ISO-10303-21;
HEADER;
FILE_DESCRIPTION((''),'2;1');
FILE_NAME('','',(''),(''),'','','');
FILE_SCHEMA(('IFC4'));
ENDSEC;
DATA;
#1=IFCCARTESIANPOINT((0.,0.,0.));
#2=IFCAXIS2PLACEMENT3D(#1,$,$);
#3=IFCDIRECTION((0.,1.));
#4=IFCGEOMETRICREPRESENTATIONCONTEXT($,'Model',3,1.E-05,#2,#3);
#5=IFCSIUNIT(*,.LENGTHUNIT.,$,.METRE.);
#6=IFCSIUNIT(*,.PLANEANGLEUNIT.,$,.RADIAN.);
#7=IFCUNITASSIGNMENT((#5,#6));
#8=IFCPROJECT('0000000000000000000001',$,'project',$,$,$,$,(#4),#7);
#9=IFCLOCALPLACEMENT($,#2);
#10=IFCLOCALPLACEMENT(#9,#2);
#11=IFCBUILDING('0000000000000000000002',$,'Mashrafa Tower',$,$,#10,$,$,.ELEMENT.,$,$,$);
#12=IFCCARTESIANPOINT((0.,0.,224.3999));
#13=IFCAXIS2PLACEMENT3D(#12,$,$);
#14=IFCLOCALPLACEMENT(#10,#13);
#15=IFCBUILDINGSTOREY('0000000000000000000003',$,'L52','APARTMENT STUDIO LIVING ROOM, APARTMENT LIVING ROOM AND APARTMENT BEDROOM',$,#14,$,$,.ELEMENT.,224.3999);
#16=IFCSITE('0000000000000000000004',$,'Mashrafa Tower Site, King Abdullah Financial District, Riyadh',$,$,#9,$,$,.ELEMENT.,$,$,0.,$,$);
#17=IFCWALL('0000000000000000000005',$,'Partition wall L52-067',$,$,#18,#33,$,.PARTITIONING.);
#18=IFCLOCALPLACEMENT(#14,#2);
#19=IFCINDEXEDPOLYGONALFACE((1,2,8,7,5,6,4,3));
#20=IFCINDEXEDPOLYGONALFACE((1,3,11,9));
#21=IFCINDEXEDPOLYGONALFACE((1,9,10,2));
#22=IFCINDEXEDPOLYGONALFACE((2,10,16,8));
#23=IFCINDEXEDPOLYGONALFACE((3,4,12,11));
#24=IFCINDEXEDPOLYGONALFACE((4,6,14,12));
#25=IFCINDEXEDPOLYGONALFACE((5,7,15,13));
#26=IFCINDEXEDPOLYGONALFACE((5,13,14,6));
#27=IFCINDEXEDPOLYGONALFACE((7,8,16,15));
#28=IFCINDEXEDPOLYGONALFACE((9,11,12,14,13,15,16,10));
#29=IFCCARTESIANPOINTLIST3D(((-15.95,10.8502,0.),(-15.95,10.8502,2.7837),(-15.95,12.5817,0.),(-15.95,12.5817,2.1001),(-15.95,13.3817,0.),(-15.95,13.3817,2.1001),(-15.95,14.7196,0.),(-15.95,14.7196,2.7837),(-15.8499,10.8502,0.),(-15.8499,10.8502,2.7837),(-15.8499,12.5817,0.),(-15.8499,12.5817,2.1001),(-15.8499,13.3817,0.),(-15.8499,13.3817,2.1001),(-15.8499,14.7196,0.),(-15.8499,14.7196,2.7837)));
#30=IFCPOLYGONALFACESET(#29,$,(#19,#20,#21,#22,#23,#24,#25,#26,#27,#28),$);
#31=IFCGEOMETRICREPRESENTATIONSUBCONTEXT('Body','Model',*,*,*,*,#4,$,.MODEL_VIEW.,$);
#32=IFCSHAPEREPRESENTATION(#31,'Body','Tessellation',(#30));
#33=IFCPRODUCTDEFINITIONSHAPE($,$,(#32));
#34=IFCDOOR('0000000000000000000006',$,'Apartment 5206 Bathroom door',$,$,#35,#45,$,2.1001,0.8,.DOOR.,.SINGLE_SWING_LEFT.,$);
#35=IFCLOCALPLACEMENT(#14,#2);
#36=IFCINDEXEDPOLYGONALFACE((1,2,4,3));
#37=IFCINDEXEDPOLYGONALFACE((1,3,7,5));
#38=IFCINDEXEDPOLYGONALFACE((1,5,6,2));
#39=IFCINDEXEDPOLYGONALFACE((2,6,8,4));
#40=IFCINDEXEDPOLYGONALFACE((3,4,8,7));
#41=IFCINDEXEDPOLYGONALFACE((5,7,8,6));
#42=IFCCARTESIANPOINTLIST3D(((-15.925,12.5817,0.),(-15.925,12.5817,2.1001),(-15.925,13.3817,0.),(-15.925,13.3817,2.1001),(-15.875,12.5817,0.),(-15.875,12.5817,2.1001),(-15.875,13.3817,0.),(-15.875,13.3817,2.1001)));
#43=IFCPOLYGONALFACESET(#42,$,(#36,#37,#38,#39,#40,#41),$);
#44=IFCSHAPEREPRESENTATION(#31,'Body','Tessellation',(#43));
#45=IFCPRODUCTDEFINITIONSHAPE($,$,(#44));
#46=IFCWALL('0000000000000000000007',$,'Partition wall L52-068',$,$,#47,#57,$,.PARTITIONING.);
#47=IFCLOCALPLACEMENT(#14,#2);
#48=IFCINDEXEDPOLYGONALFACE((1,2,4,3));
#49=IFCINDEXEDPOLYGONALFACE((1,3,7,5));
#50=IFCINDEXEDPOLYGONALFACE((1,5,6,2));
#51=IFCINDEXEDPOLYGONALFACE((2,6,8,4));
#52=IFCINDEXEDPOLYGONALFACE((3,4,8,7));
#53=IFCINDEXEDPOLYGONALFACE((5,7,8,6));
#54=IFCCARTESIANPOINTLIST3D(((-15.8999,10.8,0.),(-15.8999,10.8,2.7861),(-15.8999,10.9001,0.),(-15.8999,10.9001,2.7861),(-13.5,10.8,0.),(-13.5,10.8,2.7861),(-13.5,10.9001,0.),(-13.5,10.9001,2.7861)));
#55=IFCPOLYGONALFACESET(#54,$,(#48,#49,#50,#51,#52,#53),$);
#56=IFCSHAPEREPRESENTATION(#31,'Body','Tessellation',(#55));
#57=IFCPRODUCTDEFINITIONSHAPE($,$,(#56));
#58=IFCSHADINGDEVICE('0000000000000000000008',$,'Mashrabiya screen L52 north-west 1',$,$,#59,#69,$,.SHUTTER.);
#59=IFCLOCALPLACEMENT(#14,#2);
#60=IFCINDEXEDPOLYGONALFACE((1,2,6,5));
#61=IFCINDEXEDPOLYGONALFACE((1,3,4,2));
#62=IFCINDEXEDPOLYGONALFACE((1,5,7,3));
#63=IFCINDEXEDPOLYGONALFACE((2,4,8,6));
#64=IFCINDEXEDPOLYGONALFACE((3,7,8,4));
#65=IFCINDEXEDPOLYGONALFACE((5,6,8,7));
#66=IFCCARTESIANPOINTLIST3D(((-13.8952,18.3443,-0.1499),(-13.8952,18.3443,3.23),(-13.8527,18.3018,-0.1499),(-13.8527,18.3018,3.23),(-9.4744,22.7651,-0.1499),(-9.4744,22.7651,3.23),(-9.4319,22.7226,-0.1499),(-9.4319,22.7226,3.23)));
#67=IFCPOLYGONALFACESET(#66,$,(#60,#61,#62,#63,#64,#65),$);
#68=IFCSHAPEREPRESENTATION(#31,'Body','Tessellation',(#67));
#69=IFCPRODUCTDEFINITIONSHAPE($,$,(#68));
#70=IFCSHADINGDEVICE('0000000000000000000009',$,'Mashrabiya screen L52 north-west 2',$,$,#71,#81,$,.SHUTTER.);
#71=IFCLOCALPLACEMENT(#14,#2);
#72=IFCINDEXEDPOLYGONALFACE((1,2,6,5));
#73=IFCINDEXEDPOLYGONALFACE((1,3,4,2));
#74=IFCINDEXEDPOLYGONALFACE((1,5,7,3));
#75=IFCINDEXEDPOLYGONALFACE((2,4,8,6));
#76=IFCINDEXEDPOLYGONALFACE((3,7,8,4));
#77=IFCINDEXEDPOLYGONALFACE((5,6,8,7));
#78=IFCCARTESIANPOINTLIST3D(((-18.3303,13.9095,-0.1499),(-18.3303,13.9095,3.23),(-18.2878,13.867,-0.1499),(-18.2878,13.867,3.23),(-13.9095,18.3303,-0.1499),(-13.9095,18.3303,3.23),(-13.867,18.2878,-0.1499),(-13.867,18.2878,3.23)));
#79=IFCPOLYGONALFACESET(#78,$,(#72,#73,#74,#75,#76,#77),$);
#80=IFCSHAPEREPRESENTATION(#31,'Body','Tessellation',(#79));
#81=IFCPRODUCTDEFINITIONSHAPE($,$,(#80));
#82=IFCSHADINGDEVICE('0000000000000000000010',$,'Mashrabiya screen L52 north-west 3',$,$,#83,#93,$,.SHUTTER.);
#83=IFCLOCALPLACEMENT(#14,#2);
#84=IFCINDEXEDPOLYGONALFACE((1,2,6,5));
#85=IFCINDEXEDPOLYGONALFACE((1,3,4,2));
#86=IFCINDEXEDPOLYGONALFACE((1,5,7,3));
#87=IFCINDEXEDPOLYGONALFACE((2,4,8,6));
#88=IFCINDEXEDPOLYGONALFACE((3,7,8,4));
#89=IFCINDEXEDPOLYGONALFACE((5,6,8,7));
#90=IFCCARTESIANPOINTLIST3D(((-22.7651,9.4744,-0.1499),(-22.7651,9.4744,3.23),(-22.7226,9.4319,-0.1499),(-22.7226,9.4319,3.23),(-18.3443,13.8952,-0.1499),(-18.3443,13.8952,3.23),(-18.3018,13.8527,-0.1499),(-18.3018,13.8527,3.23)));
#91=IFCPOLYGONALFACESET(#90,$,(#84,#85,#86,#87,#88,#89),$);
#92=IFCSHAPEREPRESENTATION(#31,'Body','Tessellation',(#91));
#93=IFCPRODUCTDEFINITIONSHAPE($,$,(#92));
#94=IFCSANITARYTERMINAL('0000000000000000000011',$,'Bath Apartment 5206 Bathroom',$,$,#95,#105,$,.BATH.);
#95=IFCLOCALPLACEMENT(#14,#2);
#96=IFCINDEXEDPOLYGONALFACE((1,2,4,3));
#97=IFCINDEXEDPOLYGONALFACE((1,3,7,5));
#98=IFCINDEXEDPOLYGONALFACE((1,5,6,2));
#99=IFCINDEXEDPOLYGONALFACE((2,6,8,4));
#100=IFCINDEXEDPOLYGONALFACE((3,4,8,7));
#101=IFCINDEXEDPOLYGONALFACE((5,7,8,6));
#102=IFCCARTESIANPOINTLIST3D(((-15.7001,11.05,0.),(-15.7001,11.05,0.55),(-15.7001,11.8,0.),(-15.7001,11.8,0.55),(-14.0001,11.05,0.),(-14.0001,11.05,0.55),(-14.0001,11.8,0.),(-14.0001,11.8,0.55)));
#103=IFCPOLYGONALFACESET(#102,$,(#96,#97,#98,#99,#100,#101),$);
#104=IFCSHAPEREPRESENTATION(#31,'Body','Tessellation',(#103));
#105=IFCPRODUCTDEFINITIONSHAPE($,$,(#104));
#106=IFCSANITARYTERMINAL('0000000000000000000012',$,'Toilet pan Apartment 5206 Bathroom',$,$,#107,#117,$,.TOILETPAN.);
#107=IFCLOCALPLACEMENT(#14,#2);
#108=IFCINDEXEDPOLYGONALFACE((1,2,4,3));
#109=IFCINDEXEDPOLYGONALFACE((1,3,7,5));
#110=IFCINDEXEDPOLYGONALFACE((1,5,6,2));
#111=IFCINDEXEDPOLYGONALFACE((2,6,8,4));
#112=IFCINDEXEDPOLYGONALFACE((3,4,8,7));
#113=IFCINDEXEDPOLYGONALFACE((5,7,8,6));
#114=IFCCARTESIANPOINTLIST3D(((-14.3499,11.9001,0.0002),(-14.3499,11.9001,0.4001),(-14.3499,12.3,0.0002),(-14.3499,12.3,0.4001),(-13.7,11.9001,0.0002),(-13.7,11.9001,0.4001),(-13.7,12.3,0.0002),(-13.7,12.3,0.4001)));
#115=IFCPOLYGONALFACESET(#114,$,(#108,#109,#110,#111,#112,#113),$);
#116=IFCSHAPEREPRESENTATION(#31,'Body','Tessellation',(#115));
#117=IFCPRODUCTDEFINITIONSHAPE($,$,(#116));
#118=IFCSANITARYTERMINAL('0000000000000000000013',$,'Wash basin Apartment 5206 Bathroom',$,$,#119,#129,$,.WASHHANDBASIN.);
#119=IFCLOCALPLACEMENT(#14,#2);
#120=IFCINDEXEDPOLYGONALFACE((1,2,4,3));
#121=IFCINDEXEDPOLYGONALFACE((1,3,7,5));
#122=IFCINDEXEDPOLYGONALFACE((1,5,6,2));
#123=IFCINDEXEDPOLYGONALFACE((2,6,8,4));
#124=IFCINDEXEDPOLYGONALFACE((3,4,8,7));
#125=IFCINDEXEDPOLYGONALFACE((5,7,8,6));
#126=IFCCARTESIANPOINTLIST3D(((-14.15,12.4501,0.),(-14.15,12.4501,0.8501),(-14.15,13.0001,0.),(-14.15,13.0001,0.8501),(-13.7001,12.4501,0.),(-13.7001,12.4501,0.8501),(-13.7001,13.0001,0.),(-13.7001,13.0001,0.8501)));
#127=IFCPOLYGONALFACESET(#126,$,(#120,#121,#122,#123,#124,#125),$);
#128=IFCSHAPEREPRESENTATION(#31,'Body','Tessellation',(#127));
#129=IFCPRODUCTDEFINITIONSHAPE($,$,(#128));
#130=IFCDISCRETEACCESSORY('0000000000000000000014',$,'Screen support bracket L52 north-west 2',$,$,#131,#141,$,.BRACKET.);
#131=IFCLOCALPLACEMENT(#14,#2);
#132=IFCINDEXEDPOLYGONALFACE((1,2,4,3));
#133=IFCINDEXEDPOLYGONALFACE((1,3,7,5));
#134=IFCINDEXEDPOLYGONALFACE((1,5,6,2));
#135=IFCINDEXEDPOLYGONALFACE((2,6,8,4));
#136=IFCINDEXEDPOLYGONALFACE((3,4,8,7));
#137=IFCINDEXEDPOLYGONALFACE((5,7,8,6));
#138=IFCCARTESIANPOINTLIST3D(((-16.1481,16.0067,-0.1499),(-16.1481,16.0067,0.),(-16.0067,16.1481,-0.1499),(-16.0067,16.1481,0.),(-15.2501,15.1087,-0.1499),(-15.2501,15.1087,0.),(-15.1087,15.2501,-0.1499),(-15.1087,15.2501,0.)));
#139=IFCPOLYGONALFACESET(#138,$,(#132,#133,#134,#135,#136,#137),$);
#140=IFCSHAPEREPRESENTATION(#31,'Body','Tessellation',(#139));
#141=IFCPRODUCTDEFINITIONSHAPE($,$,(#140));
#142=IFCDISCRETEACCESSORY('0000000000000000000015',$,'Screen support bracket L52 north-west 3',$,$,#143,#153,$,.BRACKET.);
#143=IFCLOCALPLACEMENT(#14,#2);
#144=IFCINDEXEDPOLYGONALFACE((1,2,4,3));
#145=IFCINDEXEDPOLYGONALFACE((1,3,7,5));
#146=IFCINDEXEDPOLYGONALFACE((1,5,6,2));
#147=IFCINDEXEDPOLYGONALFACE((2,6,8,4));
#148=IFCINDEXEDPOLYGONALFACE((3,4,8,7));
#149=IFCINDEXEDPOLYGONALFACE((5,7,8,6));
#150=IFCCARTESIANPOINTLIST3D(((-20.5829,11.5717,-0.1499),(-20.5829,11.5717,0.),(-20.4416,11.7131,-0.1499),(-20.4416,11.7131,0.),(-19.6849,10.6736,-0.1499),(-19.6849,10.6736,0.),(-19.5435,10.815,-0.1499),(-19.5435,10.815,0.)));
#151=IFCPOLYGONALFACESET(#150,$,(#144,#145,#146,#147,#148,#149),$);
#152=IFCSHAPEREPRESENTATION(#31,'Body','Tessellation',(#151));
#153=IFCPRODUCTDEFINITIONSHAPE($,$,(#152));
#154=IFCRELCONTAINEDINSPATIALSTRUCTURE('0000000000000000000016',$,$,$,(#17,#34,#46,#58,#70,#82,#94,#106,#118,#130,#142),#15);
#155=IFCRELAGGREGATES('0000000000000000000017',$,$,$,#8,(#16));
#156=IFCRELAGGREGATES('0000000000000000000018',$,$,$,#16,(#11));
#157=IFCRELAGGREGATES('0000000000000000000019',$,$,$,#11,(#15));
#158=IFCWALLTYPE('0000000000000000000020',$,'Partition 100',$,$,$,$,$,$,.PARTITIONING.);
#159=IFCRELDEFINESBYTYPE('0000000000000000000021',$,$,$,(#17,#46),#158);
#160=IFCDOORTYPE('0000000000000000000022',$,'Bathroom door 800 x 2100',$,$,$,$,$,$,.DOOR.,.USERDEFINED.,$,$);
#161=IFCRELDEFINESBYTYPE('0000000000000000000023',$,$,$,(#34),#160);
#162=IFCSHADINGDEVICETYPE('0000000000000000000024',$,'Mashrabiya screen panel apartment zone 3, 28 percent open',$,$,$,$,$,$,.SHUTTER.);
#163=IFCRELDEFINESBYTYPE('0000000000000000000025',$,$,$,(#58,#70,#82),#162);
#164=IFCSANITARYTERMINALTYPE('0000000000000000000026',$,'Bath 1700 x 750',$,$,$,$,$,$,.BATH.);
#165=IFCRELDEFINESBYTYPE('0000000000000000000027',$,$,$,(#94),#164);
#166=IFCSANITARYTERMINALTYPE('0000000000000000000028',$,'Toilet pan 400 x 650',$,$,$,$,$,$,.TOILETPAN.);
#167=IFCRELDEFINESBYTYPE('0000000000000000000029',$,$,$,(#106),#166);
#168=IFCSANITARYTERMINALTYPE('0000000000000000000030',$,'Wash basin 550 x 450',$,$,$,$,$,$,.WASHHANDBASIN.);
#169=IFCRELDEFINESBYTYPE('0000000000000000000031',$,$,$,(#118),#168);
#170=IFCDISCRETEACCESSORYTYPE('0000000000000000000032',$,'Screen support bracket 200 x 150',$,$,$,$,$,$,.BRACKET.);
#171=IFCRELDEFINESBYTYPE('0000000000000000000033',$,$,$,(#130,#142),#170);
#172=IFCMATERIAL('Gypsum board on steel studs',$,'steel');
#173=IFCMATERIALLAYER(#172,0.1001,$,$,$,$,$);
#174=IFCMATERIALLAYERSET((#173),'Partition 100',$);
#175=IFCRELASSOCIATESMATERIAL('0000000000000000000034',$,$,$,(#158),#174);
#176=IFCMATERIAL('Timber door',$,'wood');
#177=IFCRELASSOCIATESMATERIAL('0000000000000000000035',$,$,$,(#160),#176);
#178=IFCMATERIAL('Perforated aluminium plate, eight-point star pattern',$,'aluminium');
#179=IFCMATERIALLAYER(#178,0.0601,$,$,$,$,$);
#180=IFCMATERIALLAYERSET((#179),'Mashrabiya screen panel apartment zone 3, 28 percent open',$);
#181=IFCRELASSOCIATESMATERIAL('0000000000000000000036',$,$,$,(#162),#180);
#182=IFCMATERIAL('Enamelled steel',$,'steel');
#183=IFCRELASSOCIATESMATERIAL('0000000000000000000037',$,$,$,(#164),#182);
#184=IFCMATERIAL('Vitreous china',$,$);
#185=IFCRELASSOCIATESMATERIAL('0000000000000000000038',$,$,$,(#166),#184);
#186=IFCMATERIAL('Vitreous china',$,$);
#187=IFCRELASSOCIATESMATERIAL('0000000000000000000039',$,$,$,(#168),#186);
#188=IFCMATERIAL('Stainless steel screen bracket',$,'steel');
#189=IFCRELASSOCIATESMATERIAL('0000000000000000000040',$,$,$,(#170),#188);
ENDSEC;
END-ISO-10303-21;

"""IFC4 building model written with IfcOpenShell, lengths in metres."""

from ifc_helpers import new_model, si_unit, direction, frame, frame_2d, origin, origin_2d, place, context, subcontext, project, spatial, rectangle, extrude, source, transform, mapped, material, layer, layer_set, type_object, type_shapes, element, fill, save


model = new_model("IFC4")

# Units and contexts
model_context = context("Model", 3, precision=1e-05, world=origin(), true_north=direction((0.0, 1.0)))
body_context = subcontext(model_context, "Body", "Model", "MODEL_VIEW")
ifc_project = project(units=[si_unit("LENGTHUNIT", "METRE"), si_unit("PLANEANGLEUNIT", "RADIAN")], contexts=[model_context])

# Site, building, storey
site_placement = place(None, origin())
site = spatial("IfcSite", under=ifc_project, at=site_placement, Name="Mashrafa Tower Site, King Abdullah Financial District, Riyadh", CompositionType="ELEMENT", RefElevation=0.0)
building_placement = place(site_placement, origin())
building = spatial("IfcBuilding", under=site, at=building_placement, Name="Mashrafa Tower", CompositionType="ELEMENT")
storey_placement = place(building_placement, frame((0.0, 0.0, 224.3999)))
storey = spatial("IfcBuildingStorey", under=building, at=storey_placement, Name="L52", Description="APARTMENT STUDIO LIVING ROOM, APARTMENT LIVING ROOM AND APARTMENT BEDROOM", CompositionType="ELEMENT", Elevation=224.3999)

# Wall, opening, door
ifc_material_1 = material(Name="Gypsum board on steel studs", Category="steel")
ifc_layer_1 = layer(ifc_material_1, 0.1001)
ifc_layer_set_1 = layer_set([ifc_layer_1], Name="Partition 100")
wall_type_1 = type_object("IfcWallType", Name="Partition 100", PredefinedType="PARTITIONING", material=ifc_layer_set_1)
wall_1_placement = place(storey_placement, frame((-15.8999, 14.7195, 0.0), z_axis=(0.0, 0.0, 1.0), x_axis=(0.0, -1.0, 0.0)))
wall_1 = element("IfcWall", 1, at=wall_1_placement, inside=storey, type_object=wall_type_1, Name="Partition wall L52-067", PredefinedType="PARTITIONING", context=body_context, shape_type="SweptSolid", body=[
    extrude(rectangle(XDim=3.8694, YDim=0.1001, at=frame_2d((1.9346, 0.0))), origin(), (0.0, 0.0, 1.0), 2.7837),
])
opening_placement = place(wall_1_placement, frame((1.3379, 0.0, 0.0)))
opening = element("IfcOpeningElement", 2, at=opening_placement, cuts=wall_1, PredefinedType="OPENING", context=body_context, shape_type="SweptSolid", body=[
    extrude(rectangle(XDim=0.8, YDim=2.1001, at=frame_2d((0.3999, 1.05))), frame((0.0, 0.0601, 0.0), z_axis=(0.0, -1.0, 0.0), x_axis=(1.0, 0.0, 0.0)), (0.0, 0.0, 1.0), 0.1201),
])
ifc_material_2 = material(Name="Timber door", Category="wood")
door_type = type_object("IfcDoorType", Name="Bathroom door 800 x 2100", OperationType="USERDEFINED", PredefinedType="DOOR", material=ifc_material_2)
door_placement = place(opening_placement, origin())
door = element("IfcDoor", 3, at=door_placement, inside=storey, type_object=door_type, Name="Apartment 5206 Bathroom door", OperationType="SINGLE_SWING_LEFT", OverallHeight=2.1001, OverallWidth=0.8, PredefinedType="DOOR", context=body_context, shape_type="SweptSolid", body=[
    extrude(rectangle(XDim=0.8, YDim=2.1001, at=frame_2d((0.3999, 1.05))), frame((0.0, 0.0249, 0.0), z_axis=(0.0, -1.0, 0.0), x_axis=(1.0, 0.0, 0.0)), (0.0, 0.0, 1.0), 0.05),
])
fill(opening, door)

# Wall
wall_2_placement = place(storey_placement, frame((-15.8999, 10.8501, 0.0), z_axis=(0.0, 0.0, 1.0), x_axis=(1.0, 0.0, 0.0)))
element("IfcWall", 4, at=wall_2_placement, inside=storey, type_object=wall_type_1, Name="Partition wall L52-068", PredefinedType="PARTITIONING", context=body_context, shape_type="SweptSolid", body=[
    extrude(rectangle(XDim=2.3999, YDim=0.1001, at=frame_2d((1.2, 0.0))), origin(), (0.0, 0.0, 1.0), 2.7861),
])

# Shading devices
ifc_material_3 = material(Name="Perforated aluminium plate, eight-point star pattern", Category="aluminium")
ifc_layer_2 = layer(ifc_material_3, 0.0601)
ifc_layer_set_2 = layer_set([ifc_layer_2], Name="Mashrabiya screen panel apartment zone 3, 28 percent open")
shading_device_type = type_object("IfcShadingDeviceType", Name="Mashrabiya screen panel apartment zone 3, 28 percent open", PredefinedType="SHUTTER", material=ifc_layer_set_2)
shared_shape_1 = source(origin(), body_context, "Body", "SweptSolid", [
    extrude(rectangle(XDim=6.252, YDim=0.0601, at=origin_2d()), origin(), (0.0, 0.0, 1.0), 3.3799),
])
type_shapes(shading_device_type, [shared_shape_1])
for number, where, z_axis, x_axis, name in (
    (5, (-11.6636, 20.5334, -0.1499), (0.0, 0.0, 1.0), (-0.707107, -0.707107, 0.0), "Mashrabiya screen L52 north-west 1"),
    (6, (-16.0986, 16.0986, -0.1499), (0.0, 0.0, 1.0), (-0.707107, -0.707107, 0.0), "Mashrabiya screen L52 north-west 2"),
    (7, (-20.5334, 11.6636, -0.1499), (0.0, 0.0, 1.0), (-0.707107, -0.707107, 0.0), "Mashrabiya screen L52 north-west 3"),
):
    element("IfcShadingDevice", number, at=place(storey_placement, frame(where, z_axis=z_axis, x_axis=x_axis)), inside=storey, type_object=shading_device_type, Name=name, PredefinedType="SHUTTER", context=body_context, shape_type="MappedRepresentation", body=[
        mapped(shared_shape_1, transform((0.0, 0.0, 0.0))),
    ])

# Sanitary terminals
ifc_material_4 = material(Name="Enamelled steel", Category="steel")
sanitary_terminal_type_1 = type_object("IfcSanitaryTerminalType", Name="Bath 1700 x 750", PredefinedType="BATH", material=ifc_material_4)
sanitary_terminal_1_placement = place(storey_placement, frame((-14.8501, 11.425, 0.0), z_axis=(0.0, 0.0, 1.0), x_axis=(1.0, 0.0, 0.0)))
element("IfcSanitaryTerminal", 8, at=sanitary_terminal_1_placement, inside=storey, type_object=sanitary_terminal_type_1, Name="Bath Apartment 5206 Bathroom", PredefinedType="BATH", context=body_context, shape_type="SweptSolid", body=[
    extrude(rectangle(XDim=1.7, YDim=0.75, at=origin_2d()), origin(), (0.0, 0.0, 1.0), 0.55),
])
ifc_material_5 = material(Name="Vitreous china")
sanitary_terminal_type_2 = type_object("IfcSanitaryTerminalType", Name="Toilet pan 400 x 650", PredefinedType="TOILETPAN", material=ifc_material_5)
sanitary_terminal_2_placement = place(storey_placement, frame((-14.0249, 12.1001, 0.0002), z_axis=(0.0, 0.0, 1.0), x_axis=(0.0, 1.0, 0.0)))
element("IfcSanitaryTerminal", 9, at=sanitary_terminal_2_placement, inside=storey, type_object=sanitary_terminal_type_2, Name="Toilet pan Apartment 5206 Bathroom", PredefinedType="TOILETPAN", context=body_context, shape_type="SweptSolid", body=[
    extrude(rectangle(XDim=0.3999, YDim=0.6499, at=origin_2d()), origin(), (0.0, 0.0, 1.0), 0.3999),
])
ifc_material_6 = material(Name="Vitreous china")
sanitary_terminal_type_3 = type_object("IfcSanitaryTerminalType", Name="Wash basin 550 x 450", PredefinedType="WASHHANDBASIN", material=ifc_material_6)
sanitary_terminal_3_placement = place(storey_placement, frame((-13.925, 12.7251, 0.0), z_axis=(0.0, 0.0, 1.0), x_axis=(0.0, 1.0, 0.0)))
element("IfcSanitaryTerminal", 10, at=sanitary_terminal_3_placement, inside=storey, type_object=sanitary_terminal_type_3, Name="Wash basin Apartment 5206 Bathroom", PredefinedType="WASHHANDBASIN", context=body_context, shape_type="SweptSolid", body=[
    extrude(rectangle(XDim=0.55, YDim=0.45, at=origin_2d()), origin(), (0.0, 0.0, 1.0), 0.8501),
])

# Discrete accessories
ifc_material_7 = material(Name="Stainless steel screen bracket", Category="steel")
discrete_accessory_type = type_object("IfcDiscreteAccessoryType", Name="Screen support bracket 200 x 150", PredefinedType="BRACKET", material=ifc_material_7)
shared_shape_2 = source(origin(), body_context, "Body", "SweptSolid", [
    extrude(rectangle(XDim=0.2, YDim=1.27, at=origin_2d()), origin(), (0.0, 0.0, 1.0), 0.1499),
])
type_shapes(discrete_accessory_type, [shared_shape_2])
for number, where, z_axis, x_axis, name in (
    (11, (-15.6284, 15.6284, -0.1499), (0.0, 0.0, 1.0), (-0.707107, -0.707107, 0.0), "Screen support bracket L52 north-west 2"),
    (12, (-20.0632, 11.1934, -0.1499), (0.0, 0.0, 1.0), (-0.707107, -0.707107, 0.0), "Screen support bracket L52 north-west 3"),
):
    element("IfcDiscreteAccessory", number, at=place(storey_placement, frame(where, z_axis=z_axis, x_axis=x_axis)), inside=storey, type_object=discrete_accessory_type, Name=name, PredefinedType="BRACKET", context=body_context, shape_type="MappedRepresentation", body=[
        mapped(shared_shape_2, transform((0.0, 0.0, 0.0))),
    ])

save(model, "model.ifc")
